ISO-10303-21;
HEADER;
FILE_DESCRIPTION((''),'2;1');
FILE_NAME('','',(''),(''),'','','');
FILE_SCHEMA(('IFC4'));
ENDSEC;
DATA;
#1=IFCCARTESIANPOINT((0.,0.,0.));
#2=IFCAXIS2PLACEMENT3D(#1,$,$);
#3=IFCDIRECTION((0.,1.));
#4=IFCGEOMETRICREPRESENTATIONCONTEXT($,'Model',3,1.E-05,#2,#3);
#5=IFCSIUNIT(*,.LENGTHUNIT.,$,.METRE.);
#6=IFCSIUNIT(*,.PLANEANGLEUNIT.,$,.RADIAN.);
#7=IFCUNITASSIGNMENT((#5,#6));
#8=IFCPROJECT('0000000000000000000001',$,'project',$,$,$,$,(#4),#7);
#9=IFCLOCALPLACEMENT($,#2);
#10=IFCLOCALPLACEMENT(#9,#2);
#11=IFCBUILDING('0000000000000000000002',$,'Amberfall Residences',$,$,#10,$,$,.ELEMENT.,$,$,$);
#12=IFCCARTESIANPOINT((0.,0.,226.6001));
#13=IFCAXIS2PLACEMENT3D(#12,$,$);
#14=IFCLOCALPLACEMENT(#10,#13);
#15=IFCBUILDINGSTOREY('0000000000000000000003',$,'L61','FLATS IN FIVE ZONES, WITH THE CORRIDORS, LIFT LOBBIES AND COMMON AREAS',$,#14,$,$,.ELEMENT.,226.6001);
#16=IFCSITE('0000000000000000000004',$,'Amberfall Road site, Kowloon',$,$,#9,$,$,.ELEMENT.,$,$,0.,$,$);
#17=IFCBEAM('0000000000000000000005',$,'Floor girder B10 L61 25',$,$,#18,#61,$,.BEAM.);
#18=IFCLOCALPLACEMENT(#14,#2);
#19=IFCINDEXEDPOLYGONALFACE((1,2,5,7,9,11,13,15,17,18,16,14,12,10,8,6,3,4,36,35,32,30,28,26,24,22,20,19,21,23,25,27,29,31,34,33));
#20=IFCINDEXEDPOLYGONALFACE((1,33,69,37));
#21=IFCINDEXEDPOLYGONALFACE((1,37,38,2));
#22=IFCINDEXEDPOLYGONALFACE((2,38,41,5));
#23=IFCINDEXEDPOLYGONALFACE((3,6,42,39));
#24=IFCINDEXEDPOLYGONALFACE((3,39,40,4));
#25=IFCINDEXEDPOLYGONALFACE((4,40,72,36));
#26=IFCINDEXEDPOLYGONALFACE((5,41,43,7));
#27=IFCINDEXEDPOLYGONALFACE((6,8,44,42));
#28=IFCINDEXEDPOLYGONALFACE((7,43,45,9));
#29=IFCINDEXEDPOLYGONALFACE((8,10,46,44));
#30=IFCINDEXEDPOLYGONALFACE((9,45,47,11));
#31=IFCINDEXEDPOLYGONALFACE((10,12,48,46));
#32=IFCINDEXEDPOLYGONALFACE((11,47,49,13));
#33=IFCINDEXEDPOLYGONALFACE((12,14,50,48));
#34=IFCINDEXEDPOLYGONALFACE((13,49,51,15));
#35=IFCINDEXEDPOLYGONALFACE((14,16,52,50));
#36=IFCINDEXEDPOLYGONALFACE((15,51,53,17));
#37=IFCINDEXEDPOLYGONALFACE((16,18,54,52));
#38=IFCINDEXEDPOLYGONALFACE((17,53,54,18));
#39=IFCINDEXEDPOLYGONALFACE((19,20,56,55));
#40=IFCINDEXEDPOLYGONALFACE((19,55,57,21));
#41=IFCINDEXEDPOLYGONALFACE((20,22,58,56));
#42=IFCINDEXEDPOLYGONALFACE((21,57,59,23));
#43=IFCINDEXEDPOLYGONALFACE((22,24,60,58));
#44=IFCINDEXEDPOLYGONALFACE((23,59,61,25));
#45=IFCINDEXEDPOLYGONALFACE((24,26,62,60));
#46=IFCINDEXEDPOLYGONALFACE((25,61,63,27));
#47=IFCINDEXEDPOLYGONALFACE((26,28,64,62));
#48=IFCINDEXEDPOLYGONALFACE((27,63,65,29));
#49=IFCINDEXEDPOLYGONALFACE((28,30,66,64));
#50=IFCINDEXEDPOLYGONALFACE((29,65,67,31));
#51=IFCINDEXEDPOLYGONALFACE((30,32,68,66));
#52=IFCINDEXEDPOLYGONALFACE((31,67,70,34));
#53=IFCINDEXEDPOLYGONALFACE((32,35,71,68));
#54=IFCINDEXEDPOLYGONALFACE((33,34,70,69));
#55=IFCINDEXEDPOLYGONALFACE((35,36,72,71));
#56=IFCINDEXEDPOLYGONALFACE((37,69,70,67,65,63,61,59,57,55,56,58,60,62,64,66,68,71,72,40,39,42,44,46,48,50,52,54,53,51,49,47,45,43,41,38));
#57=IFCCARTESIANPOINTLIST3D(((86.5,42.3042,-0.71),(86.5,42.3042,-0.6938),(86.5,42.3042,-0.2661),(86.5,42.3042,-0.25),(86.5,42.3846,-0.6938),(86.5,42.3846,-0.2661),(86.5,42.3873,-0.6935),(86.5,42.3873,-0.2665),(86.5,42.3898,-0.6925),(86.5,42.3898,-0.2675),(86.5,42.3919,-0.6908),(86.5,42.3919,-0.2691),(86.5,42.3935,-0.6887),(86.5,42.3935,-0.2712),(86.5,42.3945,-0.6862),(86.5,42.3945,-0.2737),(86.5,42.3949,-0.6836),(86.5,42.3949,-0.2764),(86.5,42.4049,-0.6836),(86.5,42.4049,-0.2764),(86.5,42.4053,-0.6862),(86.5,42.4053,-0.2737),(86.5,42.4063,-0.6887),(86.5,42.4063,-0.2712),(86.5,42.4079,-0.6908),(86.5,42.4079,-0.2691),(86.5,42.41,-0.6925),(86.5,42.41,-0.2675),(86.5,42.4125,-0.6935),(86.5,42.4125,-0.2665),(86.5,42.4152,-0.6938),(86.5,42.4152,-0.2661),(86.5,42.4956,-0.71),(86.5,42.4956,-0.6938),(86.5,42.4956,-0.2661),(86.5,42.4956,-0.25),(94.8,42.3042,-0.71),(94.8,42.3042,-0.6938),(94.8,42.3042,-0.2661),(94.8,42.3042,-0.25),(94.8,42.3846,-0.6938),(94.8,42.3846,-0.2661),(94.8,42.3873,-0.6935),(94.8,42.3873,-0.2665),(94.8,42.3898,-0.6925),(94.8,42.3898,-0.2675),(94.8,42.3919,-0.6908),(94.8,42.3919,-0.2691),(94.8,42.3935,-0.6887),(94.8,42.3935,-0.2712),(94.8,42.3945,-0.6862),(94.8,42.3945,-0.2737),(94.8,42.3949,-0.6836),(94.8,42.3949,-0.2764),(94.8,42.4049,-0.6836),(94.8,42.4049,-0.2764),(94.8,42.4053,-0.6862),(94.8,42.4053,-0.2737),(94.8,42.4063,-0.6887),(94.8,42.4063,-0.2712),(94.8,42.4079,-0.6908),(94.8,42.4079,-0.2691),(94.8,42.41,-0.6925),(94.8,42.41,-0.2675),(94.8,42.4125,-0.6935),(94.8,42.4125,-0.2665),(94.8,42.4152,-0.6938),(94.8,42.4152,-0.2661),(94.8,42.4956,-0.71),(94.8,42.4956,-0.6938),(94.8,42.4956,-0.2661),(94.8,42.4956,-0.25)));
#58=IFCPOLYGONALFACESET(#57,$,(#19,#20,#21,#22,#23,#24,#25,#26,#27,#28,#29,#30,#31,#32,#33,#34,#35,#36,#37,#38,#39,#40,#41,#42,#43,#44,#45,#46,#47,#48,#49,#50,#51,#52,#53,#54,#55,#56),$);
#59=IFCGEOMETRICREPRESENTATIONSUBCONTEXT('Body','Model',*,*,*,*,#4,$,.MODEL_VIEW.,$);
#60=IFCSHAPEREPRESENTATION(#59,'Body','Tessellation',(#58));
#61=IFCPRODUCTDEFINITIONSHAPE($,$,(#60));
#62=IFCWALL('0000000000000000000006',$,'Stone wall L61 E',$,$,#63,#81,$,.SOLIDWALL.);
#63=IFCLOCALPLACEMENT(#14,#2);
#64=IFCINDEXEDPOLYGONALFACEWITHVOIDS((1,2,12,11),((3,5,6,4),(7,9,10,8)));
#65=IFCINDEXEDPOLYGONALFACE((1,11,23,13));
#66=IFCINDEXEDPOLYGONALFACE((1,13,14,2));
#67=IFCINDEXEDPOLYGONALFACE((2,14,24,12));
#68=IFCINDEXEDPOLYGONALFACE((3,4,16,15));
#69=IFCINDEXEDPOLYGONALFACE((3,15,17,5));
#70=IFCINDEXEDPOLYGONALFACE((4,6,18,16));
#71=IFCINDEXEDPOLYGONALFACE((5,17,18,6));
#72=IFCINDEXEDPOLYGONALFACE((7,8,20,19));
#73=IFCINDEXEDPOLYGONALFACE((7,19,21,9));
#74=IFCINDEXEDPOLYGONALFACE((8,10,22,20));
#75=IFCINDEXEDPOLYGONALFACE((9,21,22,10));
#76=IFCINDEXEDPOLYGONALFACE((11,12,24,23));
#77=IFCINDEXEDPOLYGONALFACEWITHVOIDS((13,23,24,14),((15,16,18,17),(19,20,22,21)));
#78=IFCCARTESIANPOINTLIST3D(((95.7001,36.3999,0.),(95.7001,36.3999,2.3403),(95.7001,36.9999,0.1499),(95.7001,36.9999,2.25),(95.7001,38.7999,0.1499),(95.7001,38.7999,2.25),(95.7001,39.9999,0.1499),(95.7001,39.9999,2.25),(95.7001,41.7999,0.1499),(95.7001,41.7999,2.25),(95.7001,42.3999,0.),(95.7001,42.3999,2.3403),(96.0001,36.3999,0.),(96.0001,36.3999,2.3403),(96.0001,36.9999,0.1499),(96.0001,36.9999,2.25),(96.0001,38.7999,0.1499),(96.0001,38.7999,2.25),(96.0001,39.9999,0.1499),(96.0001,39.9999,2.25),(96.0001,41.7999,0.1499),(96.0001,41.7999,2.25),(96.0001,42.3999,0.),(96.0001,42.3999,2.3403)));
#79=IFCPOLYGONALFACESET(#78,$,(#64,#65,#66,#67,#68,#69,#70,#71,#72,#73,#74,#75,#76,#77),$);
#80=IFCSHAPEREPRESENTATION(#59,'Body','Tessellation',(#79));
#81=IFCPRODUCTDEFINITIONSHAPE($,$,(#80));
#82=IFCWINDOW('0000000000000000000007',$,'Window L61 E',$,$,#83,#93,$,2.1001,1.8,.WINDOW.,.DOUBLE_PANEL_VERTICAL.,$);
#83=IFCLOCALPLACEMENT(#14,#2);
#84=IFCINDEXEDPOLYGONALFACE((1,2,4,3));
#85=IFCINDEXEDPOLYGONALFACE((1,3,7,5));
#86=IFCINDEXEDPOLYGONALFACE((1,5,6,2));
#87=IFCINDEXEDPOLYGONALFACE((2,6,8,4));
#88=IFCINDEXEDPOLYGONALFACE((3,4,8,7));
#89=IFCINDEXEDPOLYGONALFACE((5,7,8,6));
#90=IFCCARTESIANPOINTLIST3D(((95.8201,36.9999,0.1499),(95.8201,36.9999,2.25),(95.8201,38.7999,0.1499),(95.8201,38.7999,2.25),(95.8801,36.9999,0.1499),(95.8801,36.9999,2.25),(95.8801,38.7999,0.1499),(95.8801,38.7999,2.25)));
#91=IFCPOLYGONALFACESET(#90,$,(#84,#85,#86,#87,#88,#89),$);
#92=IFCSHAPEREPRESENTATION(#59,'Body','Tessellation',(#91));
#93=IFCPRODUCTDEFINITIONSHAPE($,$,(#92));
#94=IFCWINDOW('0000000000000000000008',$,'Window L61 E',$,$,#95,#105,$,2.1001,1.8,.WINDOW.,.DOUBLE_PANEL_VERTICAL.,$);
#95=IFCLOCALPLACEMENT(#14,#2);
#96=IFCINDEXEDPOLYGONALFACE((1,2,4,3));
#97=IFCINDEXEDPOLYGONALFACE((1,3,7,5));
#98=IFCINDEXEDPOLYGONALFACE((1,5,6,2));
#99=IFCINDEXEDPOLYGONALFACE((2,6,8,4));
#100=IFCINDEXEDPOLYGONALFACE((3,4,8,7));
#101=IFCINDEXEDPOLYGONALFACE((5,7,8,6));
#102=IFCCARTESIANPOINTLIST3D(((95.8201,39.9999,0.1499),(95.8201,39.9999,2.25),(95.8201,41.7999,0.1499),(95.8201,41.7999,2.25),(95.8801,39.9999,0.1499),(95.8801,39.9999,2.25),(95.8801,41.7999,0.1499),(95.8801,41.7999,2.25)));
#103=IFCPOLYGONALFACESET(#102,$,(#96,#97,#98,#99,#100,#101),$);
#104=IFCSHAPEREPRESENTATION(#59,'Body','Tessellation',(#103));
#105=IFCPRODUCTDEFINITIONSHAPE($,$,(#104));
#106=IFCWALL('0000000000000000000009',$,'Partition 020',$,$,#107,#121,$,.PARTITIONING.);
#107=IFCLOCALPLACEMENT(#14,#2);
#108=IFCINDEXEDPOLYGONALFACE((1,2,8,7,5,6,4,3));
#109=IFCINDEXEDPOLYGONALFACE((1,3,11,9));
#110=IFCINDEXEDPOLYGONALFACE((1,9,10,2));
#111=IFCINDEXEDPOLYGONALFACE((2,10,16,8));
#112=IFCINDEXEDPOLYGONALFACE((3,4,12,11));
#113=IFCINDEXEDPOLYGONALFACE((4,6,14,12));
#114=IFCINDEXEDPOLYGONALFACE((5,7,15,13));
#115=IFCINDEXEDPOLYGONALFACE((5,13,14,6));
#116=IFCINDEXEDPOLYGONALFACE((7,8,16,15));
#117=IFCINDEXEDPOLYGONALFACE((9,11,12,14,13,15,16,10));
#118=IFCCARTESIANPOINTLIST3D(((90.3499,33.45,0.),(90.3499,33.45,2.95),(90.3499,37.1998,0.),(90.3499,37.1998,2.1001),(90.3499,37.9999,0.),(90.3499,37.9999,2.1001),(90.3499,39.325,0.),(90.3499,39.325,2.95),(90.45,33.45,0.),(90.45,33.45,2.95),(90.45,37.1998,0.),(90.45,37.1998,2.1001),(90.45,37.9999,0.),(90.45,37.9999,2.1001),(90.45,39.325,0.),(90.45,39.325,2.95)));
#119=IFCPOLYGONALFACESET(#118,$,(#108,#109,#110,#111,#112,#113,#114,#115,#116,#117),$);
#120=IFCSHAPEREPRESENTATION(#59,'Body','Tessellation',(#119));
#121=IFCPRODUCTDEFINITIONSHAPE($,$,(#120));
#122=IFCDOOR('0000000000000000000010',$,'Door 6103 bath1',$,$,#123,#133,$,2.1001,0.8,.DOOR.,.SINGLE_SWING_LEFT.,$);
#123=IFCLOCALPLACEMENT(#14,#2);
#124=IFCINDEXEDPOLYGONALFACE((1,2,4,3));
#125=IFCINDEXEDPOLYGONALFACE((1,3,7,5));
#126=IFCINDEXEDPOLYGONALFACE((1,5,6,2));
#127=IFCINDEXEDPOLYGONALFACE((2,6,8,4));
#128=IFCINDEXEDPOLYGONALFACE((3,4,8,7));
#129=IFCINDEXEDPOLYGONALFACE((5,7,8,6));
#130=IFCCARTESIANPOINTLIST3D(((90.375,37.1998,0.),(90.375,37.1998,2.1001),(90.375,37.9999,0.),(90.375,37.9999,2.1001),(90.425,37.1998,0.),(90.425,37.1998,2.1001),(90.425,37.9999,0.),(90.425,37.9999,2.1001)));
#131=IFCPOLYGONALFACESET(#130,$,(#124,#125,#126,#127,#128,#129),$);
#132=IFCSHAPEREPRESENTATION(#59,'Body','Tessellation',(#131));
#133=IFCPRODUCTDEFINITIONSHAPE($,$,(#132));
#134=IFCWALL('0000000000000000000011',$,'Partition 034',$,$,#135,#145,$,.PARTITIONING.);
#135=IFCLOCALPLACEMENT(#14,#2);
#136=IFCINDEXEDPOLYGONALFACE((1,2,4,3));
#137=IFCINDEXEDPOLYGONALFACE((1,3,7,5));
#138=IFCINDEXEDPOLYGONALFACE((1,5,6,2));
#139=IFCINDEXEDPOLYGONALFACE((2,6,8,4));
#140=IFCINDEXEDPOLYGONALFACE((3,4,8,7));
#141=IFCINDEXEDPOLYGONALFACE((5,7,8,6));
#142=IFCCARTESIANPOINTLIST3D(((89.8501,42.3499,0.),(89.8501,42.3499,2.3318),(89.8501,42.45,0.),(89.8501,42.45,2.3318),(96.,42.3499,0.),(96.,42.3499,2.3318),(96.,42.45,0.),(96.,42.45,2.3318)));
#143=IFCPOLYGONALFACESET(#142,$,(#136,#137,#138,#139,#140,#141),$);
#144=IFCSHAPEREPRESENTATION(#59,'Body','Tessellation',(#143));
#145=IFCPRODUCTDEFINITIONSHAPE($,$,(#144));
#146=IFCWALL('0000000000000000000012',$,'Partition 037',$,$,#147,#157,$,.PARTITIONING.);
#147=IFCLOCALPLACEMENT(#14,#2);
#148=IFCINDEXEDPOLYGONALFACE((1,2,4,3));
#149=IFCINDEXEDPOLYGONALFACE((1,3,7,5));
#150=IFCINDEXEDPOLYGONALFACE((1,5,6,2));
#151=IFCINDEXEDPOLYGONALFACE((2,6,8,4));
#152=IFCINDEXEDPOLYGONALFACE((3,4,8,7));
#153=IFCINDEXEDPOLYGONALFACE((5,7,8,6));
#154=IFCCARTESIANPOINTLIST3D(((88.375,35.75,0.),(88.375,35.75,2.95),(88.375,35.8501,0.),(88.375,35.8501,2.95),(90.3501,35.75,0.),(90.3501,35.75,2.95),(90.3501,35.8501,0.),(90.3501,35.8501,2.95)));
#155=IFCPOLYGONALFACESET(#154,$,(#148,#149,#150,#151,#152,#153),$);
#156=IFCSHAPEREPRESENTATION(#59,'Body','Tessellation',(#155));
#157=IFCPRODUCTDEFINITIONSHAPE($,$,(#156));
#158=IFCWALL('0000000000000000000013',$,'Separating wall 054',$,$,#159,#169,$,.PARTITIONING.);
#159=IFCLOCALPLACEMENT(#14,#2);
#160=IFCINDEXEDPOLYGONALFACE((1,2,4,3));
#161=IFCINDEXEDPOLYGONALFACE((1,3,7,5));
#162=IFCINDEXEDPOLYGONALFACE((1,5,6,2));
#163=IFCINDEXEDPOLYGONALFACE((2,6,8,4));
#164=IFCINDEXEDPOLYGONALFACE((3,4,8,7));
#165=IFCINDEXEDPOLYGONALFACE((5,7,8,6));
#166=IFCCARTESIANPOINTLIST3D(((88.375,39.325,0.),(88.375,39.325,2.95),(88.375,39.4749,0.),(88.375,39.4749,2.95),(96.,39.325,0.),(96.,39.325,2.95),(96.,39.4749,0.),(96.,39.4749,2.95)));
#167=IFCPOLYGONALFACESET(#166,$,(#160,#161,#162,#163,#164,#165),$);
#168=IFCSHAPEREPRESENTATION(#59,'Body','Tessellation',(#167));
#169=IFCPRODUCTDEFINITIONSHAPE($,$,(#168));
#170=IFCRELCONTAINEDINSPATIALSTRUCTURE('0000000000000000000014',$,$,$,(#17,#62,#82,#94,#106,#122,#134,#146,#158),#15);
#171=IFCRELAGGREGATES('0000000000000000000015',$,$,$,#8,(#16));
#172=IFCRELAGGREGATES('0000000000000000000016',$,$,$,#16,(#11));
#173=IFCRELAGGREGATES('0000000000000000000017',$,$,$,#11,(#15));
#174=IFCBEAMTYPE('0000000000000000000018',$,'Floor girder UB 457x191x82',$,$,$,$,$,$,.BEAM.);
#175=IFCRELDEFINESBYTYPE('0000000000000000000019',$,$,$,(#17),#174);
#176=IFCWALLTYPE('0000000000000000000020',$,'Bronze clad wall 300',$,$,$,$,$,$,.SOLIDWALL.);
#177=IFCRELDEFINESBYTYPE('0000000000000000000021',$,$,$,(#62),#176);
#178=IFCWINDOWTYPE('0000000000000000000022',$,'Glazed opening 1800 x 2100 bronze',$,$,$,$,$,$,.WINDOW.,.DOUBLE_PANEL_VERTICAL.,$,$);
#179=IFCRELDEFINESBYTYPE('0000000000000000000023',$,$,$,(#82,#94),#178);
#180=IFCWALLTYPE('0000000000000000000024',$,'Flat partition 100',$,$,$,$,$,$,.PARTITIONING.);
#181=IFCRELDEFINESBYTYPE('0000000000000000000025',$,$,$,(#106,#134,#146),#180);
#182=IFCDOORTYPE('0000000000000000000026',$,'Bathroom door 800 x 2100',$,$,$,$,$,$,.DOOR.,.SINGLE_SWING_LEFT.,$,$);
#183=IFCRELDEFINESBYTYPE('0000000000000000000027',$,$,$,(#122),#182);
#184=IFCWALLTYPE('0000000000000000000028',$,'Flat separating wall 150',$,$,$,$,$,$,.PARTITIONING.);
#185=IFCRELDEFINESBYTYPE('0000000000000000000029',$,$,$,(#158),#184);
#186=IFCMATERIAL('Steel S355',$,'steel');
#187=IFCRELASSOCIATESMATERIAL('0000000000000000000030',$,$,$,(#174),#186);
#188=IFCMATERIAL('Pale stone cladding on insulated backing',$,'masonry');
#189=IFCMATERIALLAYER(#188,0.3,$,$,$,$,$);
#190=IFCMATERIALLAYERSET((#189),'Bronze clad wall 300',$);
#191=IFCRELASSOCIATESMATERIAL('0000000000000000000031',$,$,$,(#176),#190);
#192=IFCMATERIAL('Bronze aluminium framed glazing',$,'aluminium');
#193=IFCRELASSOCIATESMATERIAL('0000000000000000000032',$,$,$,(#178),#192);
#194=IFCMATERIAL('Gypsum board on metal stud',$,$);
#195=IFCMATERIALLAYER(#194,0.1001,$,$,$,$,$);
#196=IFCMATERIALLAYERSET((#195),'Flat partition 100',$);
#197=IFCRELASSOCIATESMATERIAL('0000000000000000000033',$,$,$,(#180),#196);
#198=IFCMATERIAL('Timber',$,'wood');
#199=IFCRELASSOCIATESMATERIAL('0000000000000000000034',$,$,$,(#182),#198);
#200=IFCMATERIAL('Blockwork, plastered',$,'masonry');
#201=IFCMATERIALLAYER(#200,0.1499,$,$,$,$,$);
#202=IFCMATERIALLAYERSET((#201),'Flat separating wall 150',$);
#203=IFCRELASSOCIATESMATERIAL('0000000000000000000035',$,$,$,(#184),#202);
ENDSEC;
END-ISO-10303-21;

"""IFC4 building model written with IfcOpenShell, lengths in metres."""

from ifc_helpers import new_model, si_unit, direction, frame, frame_2d, origin, origin_2d, place, context, subcontext, project, spatial, rectangle, i_section, extrude, material, layer, layer_set, material_profile, profile_set, type_object, element, fill, save


model = new_model("IFC4")

# Units and contexts
model_context = context("Model", 3, precision=1e-05, world=origin(), true_north=direction((0.0, 1.0)))
body_context = subcontext(model_context, "Body", "Model", "MODEL_VIEW")
ifc_project = project(units=[si_unit("LENGTHUNIT", "METRE"), si_unit("PLANEANGLEUNIT", "RADIAN")], contexts=[model_context])

# Site, building, storey
site_placement = place(None, origin())
site = spatial("IfcSite", under=ifc_project, at=site_placement, Name="Amberfall Road site, Kowloon", CompositionType="ELEMENT", RefElevation=0.0)
building_placement = place(site_placement, origin())
building = spatial("IfcBuilding", under=site, at=building_placement, Name="Amberfall Residences", CompositionType="ELEMENT")
storey_placement = place(building_placement, frame((0.0, 0.0, 226.6001)))
storey = spatial("IfcBuildingStorey", under=building, at=storey_placement, Name="L61", Description="FLATS IN FIVE ZONES, WITH THE CORRIDORS, LIFT LOBBIES AND COMMON AREAS", CompositionType="ELEMENT", Elevation=226.6001)

# Beam
ifc_material_1 = material(Name="Steel S355", Category="steel")
ifc_material_profile_1 = material_profile(ifc_material_1, i_section(OverallWidth=0.1914, OverallDepth=0.46, WebThickness=0.01, FlangeThickness=0.0161, FilletRadius=0.0103, at=origin_2d()), Name="UB 457x191x82")
ifc_profile_set_1 = profile_set([ifc_material_profile_1], Name="Steel S355")
beam_type_1 = type_object("IfcBeamType", Name="Floor girder UB 457x191x82", PredefinedType="BEAM", material=ifc_profile_set_1)
beam_1_placement = place(storey_placement, frame((94.8, 42.3999, -0.48), z_axis=(-1.0, 0.0, 0.0), x_axis=(0.0, -1.0, 0.0)))
element("IfcBeam", 1, at=beam_1_placement, inside=storey, type_object=beam_type_1, Name="Floor girder B10 L61 25", PredefinedType="BEAM", context=body_context, shape_type="SweptSolid", body=[
    extrude(i_section(OverallWidth=0.1914, OverallDepth=0.46, WebThickness=0.01, FlangeThickness=0.0161, FilletRadius=0.0103, at=origin_2d()), origin(), (0.0, 0.0, 1.0), 8.3),
])

# Wall, openings, windows
ifc_material_2 = material(Name="Pale stone cladding on insulated backing", Category="masonry")
ifc_layer_1 = layer(ifc_material_2, 0.3)
ifc_layer_set_1 = layer_set([ifc_layer_1], Name="Bronze clad wall 300")
wall_type_1 = type_object("IfcWallType", Name="Bronze clad wall 300", PredefinedType="SOLIDWALL", material=ifc_layer_set_1)
wall_1_placement = place(storey_placement, frame((95.8501, 36.3999, 0.0), z_axis=(0.0, 0.0, 1.0), x_axis=(0.0, 1.0, 0.0)))
wall_1 = element("IfcWall", 2, at=wall_1_placement, inside=storey, type_object=wall_type_1, Name="Stone wall L61 E", PredefinedType="SOLIDWALL", context=body_context, shape_type="SweptSolid", body=[
    extrude(rectangle(XDim=6.0, YDim=0.3, at=frame_2d((3.0, 0.0))), origin(), (0.0, 0.0, 1.0), 2.3403),
])
opening_1_placement = place(wall_1_placement, frame((0.6001, 0.0, 0.1499)))
opening_1 = element("IfcOpeningElement", 3, at=opening_1_placement, cuts=wall_1, PredefinedType="OPENING", context=body_context, shape_type="SweptSolid", body=[
    extrude(rectangle(XDim=1.8, YDim=2.1001, at=frame_2d((0.8999, 1.05))), frame((0.0, 0.1599, 0.0), z_axis=(0.0, -1.0, 0.0), x_axis=(1.0, 0.0, 0.0)), (0.0, 0.0, 1.0), 0.3201),
])
opening_2_placement = place(wall_1_placement, frame((3.6001, 0.0, 0.1499)))
opening_2 = element("IfcOpeningElement", 4, at=opening_2_placement, cuts=wall_1, PredefinedType="OPENING", context=body_context, shape_type="SweptSolid", body=[
    extrude(rectangle(XDim=1.8, YDim=2.1001, at=frame_2d((0.8999, 1.05))), frame((0.0, 0.1599, 0.0), z_axis=(0.0, -1.0, 0.0), x_axis=(1.0, 0.0, 0.0)), (0.0, 0.0, 1.0), 0.3201),
])
ifc_material_3 = material(Name="Bronze aluminium framed glazing", Category="aluminium")
window_type = type_object("IfcWindowType", Name="Glazed opening 1800 x 2100 bronze", PartitioningType="DOUBLE_PANEL_VERTICAL", PredefinedType="WINDOW", material=ifc_material_3)
window_1_placement = place(opening_1_placement, origin())
window_1 = element("IfcWindow", 5, at=window_1_placement, inside=storey, type_object=window_type, Name="Window L61 E", OverallHeight=2.1001, OverallWidth=1.8, PartitioningType="DOUBLE_PANEL_VERTICAL", PredefinedType="WINDOW", context=body_context, shape_type="SweptSolid", body=[
    extrude(rectangle(XDim=1.8, YDim=2.1001, at=frame_2d((0.8999, 1.05))), frame((0.0, 0.03, 0.0), z_axis=(0.0, -1.0, 0.0), x_axis=(1.0, 0.0, 0.0)), (0.0, 0.0, 1.0), 0.0601),
])
fill(opening_1, window_1)
window_2_placement = place(opening_2_placement, origin())
window_2 = element("IfcWindow", 6, at=window_2_placement, inside=storey, type_object=window_type, Name="Window L61 E", OverallHeight=2.1001, OverallWidth=1.8, PartitioningType="DOUBLE_PANEL_VERTICAL", PredefinedType="WINDOW", context=body_context, shape_type="SweptSolid", body=[
    extrude(rectangle(XDim=1.8, YDim=2.1001, at=frame_2d((0.8999, 1.05))), frame((0.0, 0.03, 0.0), z_axis=(0.0, -1.0, 0.0), x_axis=(1.0, 0.0, 0.0)), (0.0, 0.0, 1.0), 0.0601),
])
fill(opening_2, window_2)

# Wall, opening, door
ifc_material_4 = material(Name="Gypsum board on metal stud")
ifc_layer_2 = layer(ifc_material_4, 0.1001)
ifc_layer_set_2 = layer_set([ifc_layer_2], Name="Flat partition 100")
wall_type_2 = type_object("IfcWallType", Name="Flat partition 100", PredefinedType="PARTITIONING", material=ifc_layer_set_2)
wall_2_placement = place(storey_placement, frame((90.3999, 33.45, 0.0), z_axis=(0.0, 0.0, 1.0), x_axis=(0.0, 1.0, 0.0)))
wall_2 = element("IfcWall", 7, at=wall_2_placement, inside=storey, type_object=wall_type_2, Name="Partition 020", PredefinedType="PARTITIONING", context=body_context, shape_type="SweptSolid", body=[
    extrude(rectangle(XDim=5.875, YDim=0.1001, at=frame_2d((2.9375, 0.0))), origin(), (0.0, 0.0, 1.0), 2.95),
])
opening_3_placement = place(wall_2_placement, frame((3.75, 0.0, 0.0)))
opening_3 = element("IfcOpeningElement", 8, at=opening_3_placement, cuts=wall_2, PredefinedType="OPENING", context=body_context, shape_type="SweptSolid", body=[
    extrude(rectangle(XDim=0.8, YDim=2.1001, at=frame_2d((0.3999, 1.05))), frame((0.0, 0.0601, 0.0), z_axis=(0.0, -1.0, 0.0), x_axis=(1.0, 0.0, 0.0)), (0.0, 0.0, 1.0), 0.1201),
])
ifc_material_5 = material(Name="Timber", Category="wood")
door_type_1 = type_object("IfcDoorType", Name="Bathroom door 800 x 2100", OperationType="SINGLE_SWING_LEFT", PredefinedType="DOOR", material=ifc_material_5)
door_1_placement = place(opening_3_placement, origin())
door_1 = element("IfcDoor", 9, at=door_1_placement, inside=storey, type_object=door_type_1, Name="Door 6103 bath1", OperationType="SINGLE_SWING_LEFT", OverallHeight=2.1001, OverallWidth=0.8, PredefinedType="DOOR", context=body_context, shape_type="SweptSolid", body=[
    extrude(rectangle(XDim=0.8, YDim=2.1001, at=frame_2d((0.3999, 1.05))), frame((0.0, 0.0249, 0.0), z_axis=(0.0, -1.0, 0.0), x_axis=(1.0, 0.0, 0.0)), (0.0, 0.0, 1.0), 0.05),
])
fill(opening_3, door_1)

# Walls
wall_3_placement = place(storey_placement, frame((89.8501, 42.3999, 0.0), z_axis=(0.0, 0.0, 1.0), x_axis=(1.0, 0.0, 0.0)))
element("IfcWall", 10, at=wall_3_placement, inside=storey, type_object=wall_type_2, Name="Partition 034", PredefinedType="PARTITIONING", context=body_context, shape_type="SweptSolid", body=[
    extrude(rectangle(XDim=6.1499, YDim=0.1001, at=frame_2d((3.075, 0.0))), origin(), (0.0, 0.0, 1.0), 2.3318),
])
wall_4_placement = place(storey_placement, frame((88.375, 35.8, 0.0), z_axis=(0.0, 0.0, 1.0), x_axis=(1.0, 0.0, 0.0)))
element("IfcWall", 11, at=wall_4_placement, inside=storey, type_object=wall_type_2, Name="Partition 037", PredefinedType="PARTITIONING", context=body_context, shape_type="SweptSolid", body=[
    extrude(rectangle(XDim=1.9751, YDim=0.1001, at=frame_2d((0.9875, 0.0))), origin(), (0.0, 0.0, 1.0), 2.95),
])
ifc_material_6 = material(Name="Blockwork, plastered", Category="masonry")
ifc_layer_3 = layer(ifc_material_6, 0.1499)
ifc_layer_set_3 = layer_set([ifc_layer_3], Name="Flat separating wall 150")
wall_type_3 = type_object("IfcWallType", Name="Flat separating wall 150", PredefinedType="PARTITIONING", material=ifc_layer_set_3)
wall_5_placement = place(storey_placement, frame((88.375, 39.3999, 0.0), z_axis=(0.0, 0.0, 1.0), x_axis=(1.0, 0.0, 0.0)))
element("IfcWall", 12, at=wall_5_placement, inside=storey, type_object=wall_type_3, Name="Separating wall 054", PredefinedType="PARTITIONING", context=body_context, shape_type="SweptSolid", body=[
    extrude(rectangle(XDim=7.625, YDim=0.1499, at=frame_2d((3.8125, 0.0))), origin(), (0.0, 0.0, 1.0), 2.95),
])

save(model, "model.ifc")
